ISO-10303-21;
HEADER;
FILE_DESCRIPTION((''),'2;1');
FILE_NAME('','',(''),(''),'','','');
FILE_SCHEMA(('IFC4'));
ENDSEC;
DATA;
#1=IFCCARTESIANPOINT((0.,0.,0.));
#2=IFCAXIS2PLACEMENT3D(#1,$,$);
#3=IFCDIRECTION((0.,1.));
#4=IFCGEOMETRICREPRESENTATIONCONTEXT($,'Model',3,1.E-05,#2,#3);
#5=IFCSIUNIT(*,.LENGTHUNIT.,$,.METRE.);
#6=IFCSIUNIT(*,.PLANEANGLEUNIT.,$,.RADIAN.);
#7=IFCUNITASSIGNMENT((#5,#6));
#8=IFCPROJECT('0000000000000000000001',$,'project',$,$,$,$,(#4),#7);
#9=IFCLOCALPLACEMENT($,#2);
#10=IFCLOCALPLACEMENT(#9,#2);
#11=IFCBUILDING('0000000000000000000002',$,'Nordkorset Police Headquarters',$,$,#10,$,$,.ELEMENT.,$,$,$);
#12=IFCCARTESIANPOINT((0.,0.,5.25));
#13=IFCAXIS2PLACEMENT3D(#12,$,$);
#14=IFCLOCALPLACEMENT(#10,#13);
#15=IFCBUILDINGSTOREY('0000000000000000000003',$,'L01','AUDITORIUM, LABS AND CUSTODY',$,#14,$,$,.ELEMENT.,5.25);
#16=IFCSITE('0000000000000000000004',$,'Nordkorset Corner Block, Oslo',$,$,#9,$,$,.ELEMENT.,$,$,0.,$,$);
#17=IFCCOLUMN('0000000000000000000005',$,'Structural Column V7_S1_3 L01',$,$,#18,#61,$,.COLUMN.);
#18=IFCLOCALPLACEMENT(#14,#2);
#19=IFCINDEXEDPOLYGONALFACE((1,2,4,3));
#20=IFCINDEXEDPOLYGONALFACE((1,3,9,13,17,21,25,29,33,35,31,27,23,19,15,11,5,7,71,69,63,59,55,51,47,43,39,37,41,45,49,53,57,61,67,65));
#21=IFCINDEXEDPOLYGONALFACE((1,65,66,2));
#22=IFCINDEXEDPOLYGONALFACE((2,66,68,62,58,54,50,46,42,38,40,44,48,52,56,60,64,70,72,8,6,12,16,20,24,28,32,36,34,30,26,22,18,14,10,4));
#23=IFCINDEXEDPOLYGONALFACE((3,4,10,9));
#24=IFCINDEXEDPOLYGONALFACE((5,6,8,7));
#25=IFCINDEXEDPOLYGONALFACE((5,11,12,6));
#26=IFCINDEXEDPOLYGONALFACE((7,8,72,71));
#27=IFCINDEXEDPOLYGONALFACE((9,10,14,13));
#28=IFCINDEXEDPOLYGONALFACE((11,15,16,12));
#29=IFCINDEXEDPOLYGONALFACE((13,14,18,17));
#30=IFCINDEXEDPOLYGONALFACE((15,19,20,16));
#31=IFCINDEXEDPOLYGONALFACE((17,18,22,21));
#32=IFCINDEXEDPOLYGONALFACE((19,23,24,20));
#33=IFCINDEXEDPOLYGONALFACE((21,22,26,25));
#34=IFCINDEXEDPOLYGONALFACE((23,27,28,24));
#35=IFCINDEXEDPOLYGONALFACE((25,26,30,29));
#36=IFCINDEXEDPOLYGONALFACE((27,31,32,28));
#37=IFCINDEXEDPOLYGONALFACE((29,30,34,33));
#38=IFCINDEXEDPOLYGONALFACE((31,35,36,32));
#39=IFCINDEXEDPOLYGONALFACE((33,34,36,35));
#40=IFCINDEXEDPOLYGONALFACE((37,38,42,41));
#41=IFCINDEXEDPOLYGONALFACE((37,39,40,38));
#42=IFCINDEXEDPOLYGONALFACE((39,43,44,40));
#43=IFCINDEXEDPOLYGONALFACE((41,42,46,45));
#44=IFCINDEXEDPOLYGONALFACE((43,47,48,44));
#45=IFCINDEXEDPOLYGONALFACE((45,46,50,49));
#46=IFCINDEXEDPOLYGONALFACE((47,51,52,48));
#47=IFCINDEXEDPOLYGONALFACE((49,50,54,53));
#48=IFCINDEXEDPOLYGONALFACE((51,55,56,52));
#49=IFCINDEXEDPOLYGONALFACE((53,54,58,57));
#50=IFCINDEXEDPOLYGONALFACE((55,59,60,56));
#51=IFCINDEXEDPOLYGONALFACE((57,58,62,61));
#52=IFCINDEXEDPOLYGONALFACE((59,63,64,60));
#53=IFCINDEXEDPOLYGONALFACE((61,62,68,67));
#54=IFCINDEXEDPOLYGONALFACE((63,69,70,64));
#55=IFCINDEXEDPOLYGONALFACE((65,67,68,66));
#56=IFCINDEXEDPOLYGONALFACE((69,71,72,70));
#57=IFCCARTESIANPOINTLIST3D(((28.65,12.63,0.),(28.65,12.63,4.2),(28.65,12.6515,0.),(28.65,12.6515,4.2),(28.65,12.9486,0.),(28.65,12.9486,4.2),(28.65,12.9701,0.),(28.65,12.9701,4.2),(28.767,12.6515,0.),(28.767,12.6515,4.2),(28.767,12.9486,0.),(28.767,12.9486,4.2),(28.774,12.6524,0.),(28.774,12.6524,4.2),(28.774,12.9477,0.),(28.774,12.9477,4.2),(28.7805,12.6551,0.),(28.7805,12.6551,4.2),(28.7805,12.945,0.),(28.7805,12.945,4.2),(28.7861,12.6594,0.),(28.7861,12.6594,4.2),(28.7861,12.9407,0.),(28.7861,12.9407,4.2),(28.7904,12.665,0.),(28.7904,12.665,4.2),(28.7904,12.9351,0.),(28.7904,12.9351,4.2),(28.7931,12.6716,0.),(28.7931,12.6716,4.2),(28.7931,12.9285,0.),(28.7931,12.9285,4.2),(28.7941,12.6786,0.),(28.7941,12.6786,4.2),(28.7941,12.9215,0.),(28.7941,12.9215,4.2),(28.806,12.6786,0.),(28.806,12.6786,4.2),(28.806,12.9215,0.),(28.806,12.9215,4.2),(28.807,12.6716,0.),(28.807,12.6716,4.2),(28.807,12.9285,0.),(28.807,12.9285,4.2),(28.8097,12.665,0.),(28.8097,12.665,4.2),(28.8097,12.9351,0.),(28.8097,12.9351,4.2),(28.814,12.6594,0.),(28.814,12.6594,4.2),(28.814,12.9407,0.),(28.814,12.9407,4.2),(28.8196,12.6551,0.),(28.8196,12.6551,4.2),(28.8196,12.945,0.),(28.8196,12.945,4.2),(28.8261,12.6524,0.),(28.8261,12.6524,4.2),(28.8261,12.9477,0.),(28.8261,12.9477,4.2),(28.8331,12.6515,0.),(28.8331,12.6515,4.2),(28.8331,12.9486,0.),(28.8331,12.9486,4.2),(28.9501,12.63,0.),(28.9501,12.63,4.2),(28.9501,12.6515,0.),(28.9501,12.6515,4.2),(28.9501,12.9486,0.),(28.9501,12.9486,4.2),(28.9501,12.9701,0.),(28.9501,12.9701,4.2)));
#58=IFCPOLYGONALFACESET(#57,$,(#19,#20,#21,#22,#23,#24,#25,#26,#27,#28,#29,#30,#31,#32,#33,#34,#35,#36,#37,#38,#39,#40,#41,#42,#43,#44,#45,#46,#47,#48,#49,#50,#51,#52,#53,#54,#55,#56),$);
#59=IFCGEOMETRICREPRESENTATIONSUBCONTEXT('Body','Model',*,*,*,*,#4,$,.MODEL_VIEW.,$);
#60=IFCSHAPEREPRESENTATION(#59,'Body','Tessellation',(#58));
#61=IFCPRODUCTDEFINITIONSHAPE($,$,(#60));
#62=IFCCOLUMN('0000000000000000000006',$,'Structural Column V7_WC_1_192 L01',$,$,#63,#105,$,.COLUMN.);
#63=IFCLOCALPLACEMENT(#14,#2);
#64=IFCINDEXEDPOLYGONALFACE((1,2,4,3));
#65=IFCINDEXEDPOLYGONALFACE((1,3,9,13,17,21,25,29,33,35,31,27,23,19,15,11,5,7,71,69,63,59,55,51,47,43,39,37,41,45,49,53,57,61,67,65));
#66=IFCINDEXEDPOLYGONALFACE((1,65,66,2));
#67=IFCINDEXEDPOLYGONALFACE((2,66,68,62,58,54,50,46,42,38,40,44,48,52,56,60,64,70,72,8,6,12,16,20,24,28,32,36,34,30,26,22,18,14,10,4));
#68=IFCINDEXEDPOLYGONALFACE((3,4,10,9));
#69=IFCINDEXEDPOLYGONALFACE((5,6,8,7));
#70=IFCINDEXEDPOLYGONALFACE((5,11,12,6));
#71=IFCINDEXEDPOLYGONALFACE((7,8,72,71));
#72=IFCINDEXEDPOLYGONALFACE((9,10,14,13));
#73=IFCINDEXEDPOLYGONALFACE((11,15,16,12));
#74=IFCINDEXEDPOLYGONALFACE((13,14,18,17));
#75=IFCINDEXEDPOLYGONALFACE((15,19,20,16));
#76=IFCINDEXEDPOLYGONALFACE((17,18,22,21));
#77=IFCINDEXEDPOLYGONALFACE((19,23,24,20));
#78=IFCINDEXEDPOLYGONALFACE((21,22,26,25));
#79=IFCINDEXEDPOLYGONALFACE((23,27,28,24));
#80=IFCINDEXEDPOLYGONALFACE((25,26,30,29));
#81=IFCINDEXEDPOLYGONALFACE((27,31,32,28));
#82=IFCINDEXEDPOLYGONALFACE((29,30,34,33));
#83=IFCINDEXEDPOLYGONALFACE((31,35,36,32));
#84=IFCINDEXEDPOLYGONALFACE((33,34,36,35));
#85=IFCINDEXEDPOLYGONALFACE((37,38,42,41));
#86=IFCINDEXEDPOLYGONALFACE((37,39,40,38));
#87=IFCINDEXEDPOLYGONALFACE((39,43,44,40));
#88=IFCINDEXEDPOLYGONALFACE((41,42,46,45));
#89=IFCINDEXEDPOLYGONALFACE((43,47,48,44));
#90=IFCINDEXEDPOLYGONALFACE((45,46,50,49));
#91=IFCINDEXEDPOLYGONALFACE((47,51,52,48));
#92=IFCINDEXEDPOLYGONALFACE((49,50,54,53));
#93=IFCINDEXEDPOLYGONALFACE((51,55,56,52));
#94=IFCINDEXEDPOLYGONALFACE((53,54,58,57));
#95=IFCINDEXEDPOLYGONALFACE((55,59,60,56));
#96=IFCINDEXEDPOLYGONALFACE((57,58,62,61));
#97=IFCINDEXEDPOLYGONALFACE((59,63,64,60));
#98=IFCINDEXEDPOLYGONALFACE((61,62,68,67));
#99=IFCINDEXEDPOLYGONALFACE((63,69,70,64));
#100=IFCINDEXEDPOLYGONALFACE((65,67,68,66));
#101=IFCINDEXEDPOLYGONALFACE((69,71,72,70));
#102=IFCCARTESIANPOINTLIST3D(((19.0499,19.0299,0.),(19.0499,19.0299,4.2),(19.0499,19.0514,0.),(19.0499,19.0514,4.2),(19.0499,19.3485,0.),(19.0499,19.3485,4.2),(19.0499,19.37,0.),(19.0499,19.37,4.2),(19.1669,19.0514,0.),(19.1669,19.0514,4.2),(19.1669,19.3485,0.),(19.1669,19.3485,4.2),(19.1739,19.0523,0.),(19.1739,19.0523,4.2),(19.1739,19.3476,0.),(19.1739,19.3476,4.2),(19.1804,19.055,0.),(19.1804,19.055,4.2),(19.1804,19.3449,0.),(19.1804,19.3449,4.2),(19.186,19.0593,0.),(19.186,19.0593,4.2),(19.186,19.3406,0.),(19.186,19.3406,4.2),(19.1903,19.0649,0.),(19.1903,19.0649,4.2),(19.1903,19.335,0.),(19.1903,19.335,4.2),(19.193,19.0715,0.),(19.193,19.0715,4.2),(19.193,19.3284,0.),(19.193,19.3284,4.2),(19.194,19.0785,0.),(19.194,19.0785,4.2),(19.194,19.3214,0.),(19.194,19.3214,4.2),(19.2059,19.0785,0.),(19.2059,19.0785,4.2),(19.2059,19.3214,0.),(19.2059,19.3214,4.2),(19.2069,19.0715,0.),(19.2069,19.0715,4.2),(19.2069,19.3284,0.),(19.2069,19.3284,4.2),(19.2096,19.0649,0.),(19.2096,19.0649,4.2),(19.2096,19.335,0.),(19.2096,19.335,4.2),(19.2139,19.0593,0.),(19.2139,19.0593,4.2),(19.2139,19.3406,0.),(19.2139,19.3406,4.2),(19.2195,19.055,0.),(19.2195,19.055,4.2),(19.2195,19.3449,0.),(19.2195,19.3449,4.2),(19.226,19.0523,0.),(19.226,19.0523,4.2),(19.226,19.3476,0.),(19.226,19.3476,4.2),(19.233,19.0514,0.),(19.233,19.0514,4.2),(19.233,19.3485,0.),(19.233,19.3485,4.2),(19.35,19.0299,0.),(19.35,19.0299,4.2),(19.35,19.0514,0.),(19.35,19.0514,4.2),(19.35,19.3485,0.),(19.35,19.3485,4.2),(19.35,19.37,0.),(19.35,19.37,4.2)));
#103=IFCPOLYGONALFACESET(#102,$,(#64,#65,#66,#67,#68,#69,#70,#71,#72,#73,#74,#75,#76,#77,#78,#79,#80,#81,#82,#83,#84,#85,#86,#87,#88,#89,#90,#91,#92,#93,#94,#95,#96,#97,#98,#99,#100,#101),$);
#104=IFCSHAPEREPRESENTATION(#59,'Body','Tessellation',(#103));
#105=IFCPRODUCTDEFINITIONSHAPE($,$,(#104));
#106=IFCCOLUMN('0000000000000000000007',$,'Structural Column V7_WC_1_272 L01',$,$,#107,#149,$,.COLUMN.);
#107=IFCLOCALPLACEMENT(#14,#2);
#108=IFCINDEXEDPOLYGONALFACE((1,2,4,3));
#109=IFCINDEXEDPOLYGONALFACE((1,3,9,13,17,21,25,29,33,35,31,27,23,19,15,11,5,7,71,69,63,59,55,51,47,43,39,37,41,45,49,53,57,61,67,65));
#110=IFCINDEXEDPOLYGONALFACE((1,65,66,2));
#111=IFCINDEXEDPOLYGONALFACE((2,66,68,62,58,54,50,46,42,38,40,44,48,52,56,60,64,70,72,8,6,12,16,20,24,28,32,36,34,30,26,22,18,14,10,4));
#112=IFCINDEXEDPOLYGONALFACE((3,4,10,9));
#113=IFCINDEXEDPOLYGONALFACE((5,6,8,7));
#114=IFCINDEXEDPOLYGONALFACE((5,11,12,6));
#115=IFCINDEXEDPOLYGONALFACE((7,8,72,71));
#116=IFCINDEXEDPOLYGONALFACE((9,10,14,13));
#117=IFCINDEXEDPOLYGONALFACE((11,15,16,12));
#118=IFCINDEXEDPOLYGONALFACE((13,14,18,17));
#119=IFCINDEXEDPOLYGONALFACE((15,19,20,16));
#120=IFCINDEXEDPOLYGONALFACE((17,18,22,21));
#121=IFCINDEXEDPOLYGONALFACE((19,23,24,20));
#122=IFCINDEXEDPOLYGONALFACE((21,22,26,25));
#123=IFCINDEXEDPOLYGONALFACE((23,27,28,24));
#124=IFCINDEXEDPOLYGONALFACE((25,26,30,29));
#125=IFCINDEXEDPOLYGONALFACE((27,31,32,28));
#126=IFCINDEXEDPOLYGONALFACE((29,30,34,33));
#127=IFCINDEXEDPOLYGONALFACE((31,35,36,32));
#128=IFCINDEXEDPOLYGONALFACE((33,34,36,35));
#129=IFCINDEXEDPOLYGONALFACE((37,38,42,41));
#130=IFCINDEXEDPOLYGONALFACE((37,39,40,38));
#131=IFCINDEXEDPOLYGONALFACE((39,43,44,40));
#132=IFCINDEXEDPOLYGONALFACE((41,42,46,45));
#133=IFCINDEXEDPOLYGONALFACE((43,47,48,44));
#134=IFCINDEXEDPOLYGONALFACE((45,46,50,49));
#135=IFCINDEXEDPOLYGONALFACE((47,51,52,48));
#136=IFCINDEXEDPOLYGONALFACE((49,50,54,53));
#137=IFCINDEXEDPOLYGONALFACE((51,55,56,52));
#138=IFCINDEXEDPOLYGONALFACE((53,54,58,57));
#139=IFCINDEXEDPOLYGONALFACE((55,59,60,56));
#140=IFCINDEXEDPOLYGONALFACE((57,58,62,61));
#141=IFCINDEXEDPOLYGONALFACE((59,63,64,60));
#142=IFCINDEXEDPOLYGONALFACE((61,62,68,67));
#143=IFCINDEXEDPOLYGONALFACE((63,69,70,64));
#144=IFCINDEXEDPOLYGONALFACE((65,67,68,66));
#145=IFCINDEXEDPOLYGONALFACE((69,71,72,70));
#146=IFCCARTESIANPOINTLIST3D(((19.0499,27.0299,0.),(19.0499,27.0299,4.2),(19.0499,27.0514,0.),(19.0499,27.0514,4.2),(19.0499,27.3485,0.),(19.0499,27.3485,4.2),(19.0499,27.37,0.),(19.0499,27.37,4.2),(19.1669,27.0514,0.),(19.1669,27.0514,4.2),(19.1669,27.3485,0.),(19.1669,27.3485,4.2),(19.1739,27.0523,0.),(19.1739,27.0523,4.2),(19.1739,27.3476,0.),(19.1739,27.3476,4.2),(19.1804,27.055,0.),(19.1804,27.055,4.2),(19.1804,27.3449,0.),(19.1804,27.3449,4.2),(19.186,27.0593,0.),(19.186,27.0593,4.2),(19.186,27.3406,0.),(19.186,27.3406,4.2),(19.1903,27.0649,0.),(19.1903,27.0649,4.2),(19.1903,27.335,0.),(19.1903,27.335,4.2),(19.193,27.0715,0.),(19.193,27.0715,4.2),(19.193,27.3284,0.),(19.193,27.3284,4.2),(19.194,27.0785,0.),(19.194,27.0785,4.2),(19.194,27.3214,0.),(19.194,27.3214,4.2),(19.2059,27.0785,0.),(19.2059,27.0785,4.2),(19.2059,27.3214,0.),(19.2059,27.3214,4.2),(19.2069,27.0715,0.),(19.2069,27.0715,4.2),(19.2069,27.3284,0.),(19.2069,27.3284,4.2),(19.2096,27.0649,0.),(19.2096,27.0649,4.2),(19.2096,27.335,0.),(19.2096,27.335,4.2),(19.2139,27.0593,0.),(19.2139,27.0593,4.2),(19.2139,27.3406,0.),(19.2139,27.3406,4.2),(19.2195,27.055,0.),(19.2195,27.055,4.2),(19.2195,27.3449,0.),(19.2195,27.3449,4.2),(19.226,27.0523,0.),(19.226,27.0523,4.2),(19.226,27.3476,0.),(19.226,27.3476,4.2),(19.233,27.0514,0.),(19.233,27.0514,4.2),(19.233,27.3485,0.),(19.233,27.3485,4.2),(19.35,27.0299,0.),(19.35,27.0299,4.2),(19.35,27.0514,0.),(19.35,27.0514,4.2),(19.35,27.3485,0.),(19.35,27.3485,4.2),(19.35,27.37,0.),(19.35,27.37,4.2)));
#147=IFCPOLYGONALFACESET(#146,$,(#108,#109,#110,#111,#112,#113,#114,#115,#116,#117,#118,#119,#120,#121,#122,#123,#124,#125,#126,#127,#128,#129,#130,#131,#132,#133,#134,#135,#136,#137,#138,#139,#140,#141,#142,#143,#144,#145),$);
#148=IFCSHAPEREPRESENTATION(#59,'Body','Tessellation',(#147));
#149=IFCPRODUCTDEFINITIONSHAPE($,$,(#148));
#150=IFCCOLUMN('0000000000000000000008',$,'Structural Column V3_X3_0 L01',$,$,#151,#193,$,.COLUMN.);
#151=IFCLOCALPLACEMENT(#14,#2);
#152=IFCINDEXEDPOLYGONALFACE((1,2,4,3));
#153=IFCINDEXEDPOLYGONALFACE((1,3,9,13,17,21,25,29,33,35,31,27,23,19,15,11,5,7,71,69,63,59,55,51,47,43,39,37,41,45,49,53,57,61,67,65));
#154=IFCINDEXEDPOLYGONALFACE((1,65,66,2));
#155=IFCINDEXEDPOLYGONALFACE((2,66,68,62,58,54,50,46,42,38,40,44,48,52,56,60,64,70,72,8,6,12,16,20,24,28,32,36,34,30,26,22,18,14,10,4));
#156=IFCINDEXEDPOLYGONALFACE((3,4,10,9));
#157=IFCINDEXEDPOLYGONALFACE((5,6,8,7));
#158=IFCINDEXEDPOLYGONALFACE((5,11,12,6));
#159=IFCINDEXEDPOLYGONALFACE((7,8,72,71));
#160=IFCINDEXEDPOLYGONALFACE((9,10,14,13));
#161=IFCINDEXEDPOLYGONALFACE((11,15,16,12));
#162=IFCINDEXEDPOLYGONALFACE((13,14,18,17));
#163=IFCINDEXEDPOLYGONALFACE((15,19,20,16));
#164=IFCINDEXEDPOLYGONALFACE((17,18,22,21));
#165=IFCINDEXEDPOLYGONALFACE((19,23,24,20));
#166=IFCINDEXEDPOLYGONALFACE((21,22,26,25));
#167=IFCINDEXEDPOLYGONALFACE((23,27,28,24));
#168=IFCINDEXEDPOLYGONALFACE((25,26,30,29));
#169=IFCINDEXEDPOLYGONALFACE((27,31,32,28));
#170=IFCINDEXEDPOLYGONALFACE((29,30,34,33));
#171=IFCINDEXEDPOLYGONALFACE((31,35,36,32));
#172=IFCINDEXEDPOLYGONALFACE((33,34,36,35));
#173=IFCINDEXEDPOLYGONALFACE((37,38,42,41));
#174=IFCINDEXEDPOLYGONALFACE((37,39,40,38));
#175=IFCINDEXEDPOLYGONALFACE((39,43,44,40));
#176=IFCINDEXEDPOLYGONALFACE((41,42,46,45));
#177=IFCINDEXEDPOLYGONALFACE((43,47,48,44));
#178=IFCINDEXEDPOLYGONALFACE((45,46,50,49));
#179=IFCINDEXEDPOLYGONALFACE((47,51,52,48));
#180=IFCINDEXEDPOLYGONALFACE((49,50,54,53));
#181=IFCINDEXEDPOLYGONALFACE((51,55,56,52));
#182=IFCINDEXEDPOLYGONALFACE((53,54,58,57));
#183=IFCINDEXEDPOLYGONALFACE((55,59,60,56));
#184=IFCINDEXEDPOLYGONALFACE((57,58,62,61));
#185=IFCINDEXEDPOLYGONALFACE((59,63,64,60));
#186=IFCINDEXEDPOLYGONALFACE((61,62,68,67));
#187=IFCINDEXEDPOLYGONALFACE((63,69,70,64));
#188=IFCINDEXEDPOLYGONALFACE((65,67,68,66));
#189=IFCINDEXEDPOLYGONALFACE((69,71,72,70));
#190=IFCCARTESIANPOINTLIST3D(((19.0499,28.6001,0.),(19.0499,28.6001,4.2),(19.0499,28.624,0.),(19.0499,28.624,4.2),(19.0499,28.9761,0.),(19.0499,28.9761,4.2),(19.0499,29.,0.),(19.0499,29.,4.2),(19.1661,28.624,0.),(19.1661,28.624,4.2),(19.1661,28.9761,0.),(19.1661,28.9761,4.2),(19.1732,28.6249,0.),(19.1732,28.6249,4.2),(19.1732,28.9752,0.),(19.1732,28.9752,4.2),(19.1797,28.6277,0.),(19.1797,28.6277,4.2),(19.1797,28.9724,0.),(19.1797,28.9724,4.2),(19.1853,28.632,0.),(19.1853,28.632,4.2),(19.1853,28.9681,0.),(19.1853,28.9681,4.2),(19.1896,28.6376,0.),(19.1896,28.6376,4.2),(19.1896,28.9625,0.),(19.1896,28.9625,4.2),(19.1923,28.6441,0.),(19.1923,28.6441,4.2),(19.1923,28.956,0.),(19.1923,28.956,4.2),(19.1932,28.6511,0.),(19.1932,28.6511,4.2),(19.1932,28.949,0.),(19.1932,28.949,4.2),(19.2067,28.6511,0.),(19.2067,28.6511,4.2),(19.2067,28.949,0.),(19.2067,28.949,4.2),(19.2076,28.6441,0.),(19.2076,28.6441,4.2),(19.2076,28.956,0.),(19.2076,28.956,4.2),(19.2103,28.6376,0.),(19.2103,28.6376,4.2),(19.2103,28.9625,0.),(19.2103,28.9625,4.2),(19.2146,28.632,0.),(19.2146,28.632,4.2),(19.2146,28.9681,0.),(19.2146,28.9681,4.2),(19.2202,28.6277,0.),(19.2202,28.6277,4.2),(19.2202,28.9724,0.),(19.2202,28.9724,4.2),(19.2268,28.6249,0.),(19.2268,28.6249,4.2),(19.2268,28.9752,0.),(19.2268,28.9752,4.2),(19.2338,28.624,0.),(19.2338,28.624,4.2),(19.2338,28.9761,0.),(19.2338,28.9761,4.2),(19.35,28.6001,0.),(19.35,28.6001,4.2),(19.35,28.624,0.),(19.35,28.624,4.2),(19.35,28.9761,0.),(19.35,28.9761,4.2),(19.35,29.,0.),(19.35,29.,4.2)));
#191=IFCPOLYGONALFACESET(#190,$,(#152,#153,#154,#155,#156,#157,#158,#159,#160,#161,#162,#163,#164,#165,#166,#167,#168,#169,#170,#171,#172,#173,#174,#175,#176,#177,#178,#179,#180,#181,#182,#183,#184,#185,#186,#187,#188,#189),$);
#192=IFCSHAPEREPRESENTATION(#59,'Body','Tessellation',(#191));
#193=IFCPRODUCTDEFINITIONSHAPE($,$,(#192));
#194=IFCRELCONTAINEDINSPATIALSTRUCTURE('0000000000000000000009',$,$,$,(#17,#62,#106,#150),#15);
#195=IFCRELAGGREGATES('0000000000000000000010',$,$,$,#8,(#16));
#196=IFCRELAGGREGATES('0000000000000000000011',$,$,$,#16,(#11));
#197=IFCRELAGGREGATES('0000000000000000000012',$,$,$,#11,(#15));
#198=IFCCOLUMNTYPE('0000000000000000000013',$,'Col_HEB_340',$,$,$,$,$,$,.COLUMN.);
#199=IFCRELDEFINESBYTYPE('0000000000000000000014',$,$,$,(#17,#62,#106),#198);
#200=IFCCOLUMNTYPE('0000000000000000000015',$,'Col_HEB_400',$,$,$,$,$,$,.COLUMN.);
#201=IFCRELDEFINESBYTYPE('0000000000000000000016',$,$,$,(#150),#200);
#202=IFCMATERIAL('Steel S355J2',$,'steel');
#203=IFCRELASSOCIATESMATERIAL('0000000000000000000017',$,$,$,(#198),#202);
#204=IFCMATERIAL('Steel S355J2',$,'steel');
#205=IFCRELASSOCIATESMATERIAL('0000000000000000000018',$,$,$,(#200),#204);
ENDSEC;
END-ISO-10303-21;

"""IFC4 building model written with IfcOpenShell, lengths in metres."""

from ifc_helpers import new_model, si_unit, direction, frame, origin, origin_2d, place, context, subcontext, project, spatial, i_section, extrude, material, material_profile, profile_set, type_object, element, save


model = new_model("IFC4")

# Units and contexts
model_context = context("Model", 3, precision=1e-05, world=origin(), true_north=direction((0.0, 1.0)))
body_context = subcontext(model_context, "Body", "Model", "MODEL_VIEW")
ifc_project = project(units=[si_unit("LENGTHUNIT", "METRE"), si_unit("PLANEANGLEUNIT", "RADIAN")], contexts=[model_context])

# Site, building, storey
site_placement = place(None, origin())
site = spatial("IfcSite", under=ifc_project, at=site_placement, Name="Nordkorset Corner Block, Oslo", CompositionType="ELEMENT", RefElevation=0.0)
building_placement = place(site_placement, origin())
building = spatial("IfcBuilding", under=site, at=building_placement, Name="Nordkorset Police Headquarters", CompositionType="ELEMENT")
storey_placement = place(building_placement, frame((0.0, 0.0, 5.25)))
storey = spatial("IfcBuildingStorey", under=building, at=storey_placement, Name="L01", Description="AUDITORIUM, LABS AND CUSTODY", CompositionType="ELEMENT", Elevation=5.25)

# Columns
ifc_material_1 = material(Name="Steel S355J2", Category="steel")
ifc_material_profile_1 = material_profile(ifc_material_1, i_section(OverallWidth=0.3, OverallDepth=0.3401, WebThickness=0.012, FlangeThickness=0.0215, FilletRadius=0.0271, at=origin_2d()), Name="HEB 340")
ifc_profile_set_1 = profile_set([ifc_material_profile_1], Name="Steel S355J2")
column_type_1 = type_object("IfcColumnType", Name="Col_HEB_340", PredefinedType="COLUMN", material=ifc_profile_set_1)
for number, where, z_axis, x_axis, name in (
    (1, (28.8, 12.8, 0.0), (0.0, 0.0, 1.0), (1.0, 0.0, 0.0), "Structural Column V7_S1_3 L01"),
    (2, (19.2, 19.2, 0.0), (0.0, 0.0, 1.0), (1.0, 0.0, 0.0), "Structural Column V7_WC_1_192 L01"),
    (3, (19.2, 27.2, 0.0), (0.0, 0.0, 1.0), (1.0, 0.0, 0.0), "Structural Column V7_WC_1_272 L01"),
):
    element("IfcColumn", number, at=place(storey_placement, frame(where, z_axis=z_axis, x_axis=x_axis)), inside=storey, type_object=column_type_1, Name=name, PredefinedType="COLUMN", context=body_context, shape_type="SweptSolid", body=[
        extrude(i_section(OverallWidth=0.3, OverallDepth=0.3401, WebThickness=0.012, FlangeThickness=0.0215, FilletRadius=0.0271, at=origin_2d()), origin(), (0.0, 0.0, 1.0), 4.2),
    ])
ifc_material_2 = material(Name="Steel S355J2", Category="steel")
ifc_material_profile_2 = material_profile(ifc_material_2, i_section(OverallWidth=0.3, OverallDepth=0.3999, WebThickness=0.0134, FlangeThickness=0.0239, FilletRadius=0.0271, at=origin_2d()), Name="HEB 400")
ifc_profile_set_2 = profile_set([ifc_material_profile_2], Name="Steel S355J2")
column_type_2 = type_object("IfcColumnType", Name="Col_HEB_400", PredefinedType="COLUMN", material=ifc_profile_set_2)
column_placement = place(storey_placement, frame((19.2, 28.8, 0.0), z_axis=(0.0, 0.0, 1.0), x_axis=(1.0, 0.0, 0.0)))
element("IfcColumn", 4, at=column_placement, inside=storey, type_object=column_type_2, Name="Structural Column V3_X3_0 L01", PredefinedType="COLUMN", context=body_context, shape_type="SweptSolid", body=[
    extrude(i_section(OverallWidth=0.3, OverallDepth=0.3999, WebThickness=0.0134, FlangeThickness=0.0239, FilletRadius=0.0271, at=origin_2d()), origin(), (0.0, 0.0, 1.0), 4.2),
])

save(model, "model.ifc")
